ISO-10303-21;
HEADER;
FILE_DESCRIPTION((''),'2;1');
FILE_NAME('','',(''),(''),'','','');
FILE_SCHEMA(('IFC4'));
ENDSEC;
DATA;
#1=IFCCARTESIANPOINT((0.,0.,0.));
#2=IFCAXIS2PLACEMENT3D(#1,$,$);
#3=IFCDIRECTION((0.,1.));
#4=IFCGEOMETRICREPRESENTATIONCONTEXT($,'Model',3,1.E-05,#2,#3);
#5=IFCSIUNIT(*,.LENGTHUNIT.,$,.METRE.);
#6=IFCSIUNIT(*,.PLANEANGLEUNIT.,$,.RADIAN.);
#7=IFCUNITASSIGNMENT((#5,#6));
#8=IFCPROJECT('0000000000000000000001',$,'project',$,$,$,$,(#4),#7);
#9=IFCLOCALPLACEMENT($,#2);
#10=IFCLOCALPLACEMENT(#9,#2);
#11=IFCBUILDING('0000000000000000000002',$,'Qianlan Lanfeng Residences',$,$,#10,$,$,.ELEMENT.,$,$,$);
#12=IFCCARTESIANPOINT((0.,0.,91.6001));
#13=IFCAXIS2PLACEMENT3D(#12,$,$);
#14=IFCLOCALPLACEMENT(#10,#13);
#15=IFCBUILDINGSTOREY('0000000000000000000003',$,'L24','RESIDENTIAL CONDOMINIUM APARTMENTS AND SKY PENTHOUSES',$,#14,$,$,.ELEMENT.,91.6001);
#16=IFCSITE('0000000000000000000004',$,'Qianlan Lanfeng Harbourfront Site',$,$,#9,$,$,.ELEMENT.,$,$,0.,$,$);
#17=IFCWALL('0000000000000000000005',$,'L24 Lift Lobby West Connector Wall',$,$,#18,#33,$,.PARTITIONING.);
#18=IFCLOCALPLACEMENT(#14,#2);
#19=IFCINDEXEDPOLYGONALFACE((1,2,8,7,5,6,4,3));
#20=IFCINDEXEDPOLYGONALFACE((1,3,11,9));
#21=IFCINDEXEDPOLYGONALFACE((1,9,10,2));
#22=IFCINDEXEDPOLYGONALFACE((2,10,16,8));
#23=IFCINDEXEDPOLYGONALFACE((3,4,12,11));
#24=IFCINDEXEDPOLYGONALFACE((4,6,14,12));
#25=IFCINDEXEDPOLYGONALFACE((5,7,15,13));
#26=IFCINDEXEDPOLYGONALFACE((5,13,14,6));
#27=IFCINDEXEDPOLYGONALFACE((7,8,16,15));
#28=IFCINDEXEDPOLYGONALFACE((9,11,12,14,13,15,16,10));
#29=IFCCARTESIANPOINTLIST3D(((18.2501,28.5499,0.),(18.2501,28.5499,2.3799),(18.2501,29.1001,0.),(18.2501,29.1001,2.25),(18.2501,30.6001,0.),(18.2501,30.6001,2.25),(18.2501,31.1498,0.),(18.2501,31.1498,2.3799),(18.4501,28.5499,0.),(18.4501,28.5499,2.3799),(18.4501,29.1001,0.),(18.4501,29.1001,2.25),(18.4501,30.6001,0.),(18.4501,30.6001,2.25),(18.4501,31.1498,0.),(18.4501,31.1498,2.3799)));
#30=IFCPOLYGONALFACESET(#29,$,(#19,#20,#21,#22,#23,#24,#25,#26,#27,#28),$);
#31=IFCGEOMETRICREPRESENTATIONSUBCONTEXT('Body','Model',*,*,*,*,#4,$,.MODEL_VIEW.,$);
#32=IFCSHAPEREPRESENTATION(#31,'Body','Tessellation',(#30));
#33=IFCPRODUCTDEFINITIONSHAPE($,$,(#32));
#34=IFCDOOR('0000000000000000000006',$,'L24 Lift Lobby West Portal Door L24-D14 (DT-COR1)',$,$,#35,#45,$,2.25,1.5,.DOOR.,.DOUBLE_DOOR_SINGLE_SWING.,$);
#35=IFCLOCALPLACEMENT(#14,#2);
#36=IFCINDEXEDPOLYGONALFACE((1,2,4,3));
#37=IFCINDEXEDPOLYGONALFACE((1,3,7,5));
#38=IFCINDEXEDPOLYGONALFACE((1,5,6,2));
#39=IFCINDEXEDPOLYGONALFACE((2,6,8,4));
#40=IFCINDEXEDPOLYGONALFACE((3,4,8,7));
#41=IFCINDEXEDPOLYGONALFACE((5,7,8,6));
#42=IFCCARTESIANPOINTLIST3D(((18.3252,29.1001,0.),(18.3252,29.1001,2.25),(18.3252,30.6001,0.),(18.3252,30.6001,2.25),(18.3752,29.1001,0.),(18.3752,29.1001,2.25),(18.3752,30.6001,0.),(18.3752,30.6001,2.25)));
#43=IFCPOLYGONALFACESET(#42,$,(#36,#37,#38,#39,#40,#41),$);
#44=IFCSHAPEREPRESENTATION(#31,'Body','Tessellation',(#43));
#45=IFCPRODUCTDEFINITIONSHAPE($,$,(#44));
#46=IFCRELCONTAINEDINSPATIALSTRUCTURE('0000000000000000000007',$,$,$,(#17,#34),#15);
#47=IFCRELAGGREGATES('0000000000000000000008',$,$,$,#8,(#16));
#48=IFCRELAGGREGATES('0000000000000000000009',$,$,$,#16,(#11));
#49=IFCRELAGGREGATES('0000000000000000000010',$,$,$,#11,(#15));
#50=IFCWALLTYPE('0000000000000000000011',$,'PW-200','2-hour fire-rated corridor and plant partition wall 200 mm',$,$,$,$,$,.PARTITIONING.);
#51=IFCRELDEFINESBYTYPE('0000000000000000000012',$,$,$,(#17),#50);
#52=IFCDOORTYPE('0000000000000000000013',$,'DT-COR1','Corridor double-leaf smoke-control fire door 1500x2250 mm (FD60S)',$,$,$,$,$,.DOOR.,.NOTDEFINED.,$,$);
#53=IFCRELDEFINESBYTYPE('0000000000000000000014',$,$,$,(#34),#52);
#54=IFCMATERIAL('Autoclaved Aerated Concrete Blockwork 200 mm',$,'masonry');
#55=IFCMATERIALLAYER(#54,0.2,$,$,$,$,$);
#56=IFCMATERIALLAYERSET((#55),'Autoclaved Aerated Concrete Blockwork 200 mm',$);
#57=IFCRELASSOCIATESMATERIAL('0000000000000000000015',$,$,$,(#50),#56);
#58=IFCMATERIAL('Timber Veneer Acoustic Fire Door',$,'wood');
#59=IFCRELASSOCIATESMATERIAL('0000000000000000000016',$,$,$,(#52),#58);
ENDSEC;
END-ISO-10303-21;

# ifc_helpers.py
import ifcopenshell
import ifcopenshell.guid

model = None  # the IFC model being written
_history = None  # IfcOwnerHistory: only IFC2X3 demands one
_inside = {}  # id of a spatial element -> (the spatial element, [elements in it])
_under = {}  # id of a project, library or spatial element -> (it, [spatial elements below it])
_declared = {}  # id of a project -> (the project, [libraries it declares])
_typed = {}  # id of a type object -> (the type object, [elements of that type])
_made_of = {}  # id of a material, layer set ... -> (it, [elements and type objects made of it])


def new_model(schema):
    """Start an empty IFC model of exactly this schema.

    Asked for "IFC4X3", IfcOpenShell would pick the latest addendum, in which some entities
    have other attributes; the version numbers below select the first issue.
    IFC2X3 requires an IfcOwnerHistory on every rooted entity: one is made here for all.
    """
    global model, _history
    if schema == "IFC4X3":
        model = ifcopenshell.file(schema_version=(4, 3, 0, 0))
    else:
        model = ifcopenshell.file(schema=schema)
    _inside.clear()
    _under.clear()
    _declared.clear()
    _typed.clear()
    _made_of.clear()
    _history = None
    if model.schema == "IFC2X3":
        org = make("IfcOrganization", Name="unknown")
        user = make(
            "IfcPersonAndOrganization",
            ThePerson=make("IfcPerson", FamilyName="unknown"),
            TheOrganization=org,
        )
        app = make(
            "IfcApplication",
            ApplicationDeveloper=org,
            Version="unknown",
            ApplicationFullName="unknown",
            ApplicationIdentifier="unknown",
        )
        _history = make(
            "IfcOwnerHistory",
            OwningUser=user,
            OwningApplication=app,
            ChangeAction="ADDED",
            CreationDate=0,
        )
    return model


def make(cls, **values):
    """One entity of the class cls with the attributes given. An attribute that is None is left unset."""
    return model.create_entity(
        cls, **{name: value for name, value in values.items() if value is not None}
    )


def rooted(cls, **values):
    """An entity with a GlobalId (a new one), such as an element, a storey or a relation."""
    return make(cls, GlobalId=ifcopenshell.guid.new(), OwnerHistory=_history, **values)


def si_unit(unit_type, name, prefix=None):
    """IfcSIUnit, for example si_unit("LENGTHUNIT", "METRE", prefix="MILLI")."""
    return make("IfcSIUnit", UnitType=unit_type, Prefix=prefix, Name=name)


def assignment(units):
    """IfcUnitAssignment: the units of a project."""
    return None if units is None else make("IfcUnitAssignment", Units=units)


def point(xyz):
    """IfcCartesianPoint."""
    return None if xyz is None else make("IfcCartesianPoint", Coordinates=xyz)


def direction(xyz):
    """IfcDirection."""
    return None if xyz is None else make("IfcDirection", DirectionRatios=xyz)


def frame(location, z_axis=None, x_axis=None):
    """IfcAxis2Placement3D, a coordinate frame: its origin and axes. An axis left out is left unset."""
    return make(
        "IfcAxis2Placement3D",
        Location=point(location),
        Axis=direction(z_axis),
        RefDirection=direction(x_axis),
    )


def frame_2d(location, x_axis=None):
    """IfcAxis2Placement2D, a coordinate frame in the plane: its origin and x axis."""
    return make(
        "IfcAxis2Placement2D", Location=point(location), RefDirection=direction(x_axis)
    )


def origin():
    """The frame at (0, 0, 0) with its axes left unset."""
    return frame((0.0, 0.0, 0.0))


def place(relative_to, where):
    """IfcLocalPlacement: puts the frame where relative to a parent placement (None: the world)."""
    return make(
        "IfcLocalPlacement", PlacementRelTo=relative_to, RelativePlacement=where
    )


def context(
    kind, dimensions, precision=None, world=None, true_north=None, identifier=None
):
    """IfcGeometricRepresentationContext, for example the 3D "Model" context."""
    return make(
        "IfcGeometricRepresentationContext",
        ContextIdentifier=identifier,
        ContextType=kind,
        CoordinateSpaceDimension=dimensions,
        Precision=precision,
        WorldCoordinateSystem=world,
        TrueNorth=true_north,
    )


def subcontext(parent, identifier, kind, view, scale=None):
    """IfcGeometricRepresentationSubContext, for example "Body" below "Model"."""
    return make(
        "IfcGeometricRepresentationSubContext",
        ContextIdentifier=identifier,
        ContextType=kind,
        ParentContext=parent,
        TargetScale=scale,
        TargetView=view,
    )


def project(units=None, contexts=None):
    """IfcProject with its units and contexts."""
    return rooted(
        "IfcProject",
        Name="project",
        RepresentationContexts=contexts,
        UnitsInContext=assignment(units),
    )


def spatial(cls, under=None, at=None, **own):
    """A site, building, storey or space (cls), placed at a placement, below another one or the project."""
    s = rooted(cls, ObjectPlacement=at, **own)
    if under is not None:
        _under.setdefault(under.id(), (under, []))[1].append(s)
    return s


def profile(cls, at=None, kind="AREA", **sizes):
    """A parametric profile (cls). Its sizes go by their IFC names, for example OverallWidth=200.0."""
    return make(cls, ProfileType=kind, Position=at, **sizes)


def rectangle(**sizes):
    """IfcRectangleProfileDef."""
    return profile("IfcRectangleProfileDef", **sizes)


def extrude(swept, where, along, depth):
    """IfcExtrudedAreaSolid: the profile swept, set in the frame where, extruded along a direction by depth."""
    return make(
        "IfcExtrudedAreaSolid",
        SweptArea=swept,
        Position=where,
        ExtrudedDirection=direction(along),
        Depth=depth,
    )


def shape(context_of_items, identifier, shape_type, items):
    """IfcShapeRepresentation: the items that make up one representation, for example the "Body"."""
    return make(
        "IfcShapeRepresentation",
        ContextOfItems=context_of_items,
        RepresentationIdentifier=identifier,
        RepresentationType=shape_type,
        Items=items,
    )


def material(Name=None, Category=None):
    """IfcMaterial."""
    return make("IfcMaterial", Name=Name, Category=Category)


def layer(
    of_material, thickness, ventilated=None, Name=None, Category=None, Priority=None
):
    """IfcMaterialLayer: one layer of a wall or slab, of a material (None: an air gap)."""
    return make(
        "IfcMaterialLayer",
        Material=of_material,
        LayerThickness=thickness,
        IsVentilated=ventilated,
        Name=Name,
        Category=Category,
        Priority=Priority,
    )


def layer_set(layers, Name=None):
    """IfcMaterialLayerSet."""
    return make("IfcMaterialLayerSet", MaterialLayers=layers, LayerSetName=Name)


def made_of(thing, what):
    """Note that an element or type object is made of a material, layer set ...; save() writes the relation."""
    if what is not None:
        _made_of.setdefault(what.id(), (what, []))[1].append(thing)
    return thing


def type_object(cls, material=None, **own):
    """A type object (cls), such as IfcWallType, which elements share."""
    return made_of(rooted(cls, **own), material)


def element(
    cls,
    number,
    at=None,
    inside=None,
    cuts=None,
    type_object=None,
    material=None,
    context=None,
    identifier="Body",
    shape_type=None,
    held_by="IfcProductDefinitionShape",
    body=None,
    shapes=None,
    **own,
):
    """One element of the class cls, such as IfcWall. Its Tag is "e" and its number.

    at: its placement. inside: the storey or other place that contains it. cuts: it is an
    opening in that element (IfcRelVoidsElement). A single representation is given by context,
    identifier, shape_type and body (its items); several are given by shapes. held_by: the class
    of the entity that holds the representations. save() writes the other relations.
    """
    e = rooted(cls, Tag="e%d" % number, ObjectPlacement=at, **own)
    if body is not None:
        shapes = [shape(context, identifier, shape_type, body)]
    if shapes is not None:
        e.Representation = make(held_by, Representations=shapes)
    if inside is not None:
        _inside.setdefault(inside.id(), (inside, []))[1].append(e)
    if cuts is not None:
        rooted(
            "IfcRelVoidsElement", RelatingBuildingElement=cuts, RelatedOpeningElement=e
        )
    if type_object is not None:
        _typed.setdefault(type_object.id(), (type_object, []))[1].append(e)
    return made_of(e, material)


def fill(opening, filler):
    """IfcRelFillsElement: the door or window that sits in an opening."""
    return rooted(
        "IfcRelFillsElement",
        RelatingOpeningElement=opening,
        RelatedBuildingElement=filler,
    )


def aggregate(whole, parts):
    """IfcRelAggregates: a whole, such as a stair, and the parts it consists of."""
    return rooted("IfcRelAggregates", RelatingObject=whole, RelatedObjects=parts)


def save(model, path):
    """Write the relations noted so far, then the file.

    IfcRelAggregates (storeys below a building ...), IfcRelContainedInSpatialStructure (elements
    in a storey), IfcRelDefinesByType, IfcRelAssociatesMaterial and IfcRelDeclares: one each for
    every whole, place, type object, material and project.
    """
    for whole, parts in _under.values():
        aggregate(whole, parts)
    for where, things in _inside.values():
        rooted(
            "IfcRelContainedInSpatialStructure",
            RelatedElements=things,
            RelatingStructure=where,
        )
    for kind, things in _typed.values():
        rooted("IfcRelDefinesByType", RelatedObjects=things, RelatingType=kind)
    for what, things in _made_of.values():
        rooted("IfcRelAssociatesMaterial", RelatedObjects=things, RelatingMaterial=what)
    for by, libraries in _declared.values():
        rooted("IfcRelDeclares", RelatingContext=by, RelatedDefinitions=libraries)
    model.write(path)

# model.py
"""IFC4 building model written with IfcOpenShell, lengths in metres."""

from ifc_helpers import new_model, si_unit, direction, frame, frame_2d, origin, place, context, subcontext, project, spatial, rectangle, extrude, material, layer, layer_set, type_object, element, fill, save


model = new_model("IFC4")

# Units and contexts
model_context = context("Model", 3, precision=1e-05, world=origin(), true_north=direction((0.0, 1.0)))
body_context = subcontext(model_context, "Body", "Model", "MODEL_VIEW")
ifc_project = project(units=[si_unit("LENGTHUNIT", "METRE"), si_unit("PLANEANGLEUNIT", "RADIAN")], contexts=[model_context])

# Site, building, storey
site_placement = place(None, origin())
site = spatial("IfcSite", under=ifc_project, at=site_placement, Name="Qianlan Lanfeng Harbourfront Site", CompositionType="ELEMENT", RefElevation=0.0)
building_placement = place(site_placement, origin())
building = spatial("IfcBuilding", under=site, at=building_placement, Name="Qianlan Lanfeng Residences", CompositionType="ELEMENT")
storey_placement = place(building_placement, frame((0.0, 0.0, 91.6001)))
storey = spatial("IfcBuildingStorey", under=building, at=storey_placement, Name="L24", Description="RESIDENTIAL CONDOMINIUM APARTMENTS AND SKY PENTHOUSES", CompositionType="ELEMENT", Elevation=91.6001)

# Wall, opening, door
ifc_material_1 = material(Name="Autoclaved Aerated Concrete Blockwork 200 mm", Category="masonry")
ifc_layer_1 = layer(ifc_material_1, 0.2)
ifc_layer_set_1 = layer_set([ifc_layer_1], Name="Autoclaved Aerated Concrete Blockwork 200 mm")
wall_type_1 = type_object("IfcWallType", Name="PW-200", Description="2-hour fire-rated corridor and plant partition wall 200 mm", PredefinedType="PARTITIONING", material=ifc_layer_set_1)
wall_1_placement = place(storey_placement, frame((18.3501, 28.55, 0.0), z_axis=(0.0, 0.0, 1.0), x_axis=(0.0, 1.0, 0.0)))
wall_1 = element("IfcWall", 1, at=wall_1_placement, inside=storey, type_object=wall_type_1, Name="L24 Lift Lobby West Connector Wall", PredefinedType="PARTITIONING", context=body_context, shape_type="SweptSolid", body=[
    extrude(rectangle(XDim=2.5999, YDim=0.2, at=frame_2d((1.2998, 0.0))), origin(), (0.0, 0.0, 1.0), 2.3799),
])
opening_1_placement = place(wall_1_placement, frame((0.55, 0.0, 0.0)))
opening_1 = element("IfcOpeningElement", 2, at=opening_1_placement, cuts=wall_1, PredefinedType="OPENING", context=body_context, shape_type="SweptSolid", body=[
    extrude(rectangle(XDim=1.5, YDim=2.25, at=frame_2d((0.75, 1.125))), frame((0.0, 0.1099, 0.0), z_axis=(0.0, -1.0, 0.0), x_axis=(1.0, 0.0, 0.0)), (0.0, 0.0, 1.0), 0.22),
])
ifc_material_2 = material(Name="Timber Veneer Acoustic Fire Door", Category="wood")
door_type_1 = type_object("IfcDoorType", Name="DT-COR1", Description="Corridor double-leaf smoke-control fire door 1500x2250 mm (FD60S)", OperationType="NOTDEFINED", PredefinedType="DOOR", material=ifc_material_2)
door_1_placement = place(opening_1_placement, origin())
door_1 = element("IfcDoor", 3, at=door_1_placement, inside=storey, type_object=door_type_1, Name="L24 Lift Lobby West Portal Door L24-D14 (DT-COR1)", OperationType="DOUBLE_DOOR_SINGLE_SWING", OverallHeight=2.25, OverallWidth=1.5, PredefinedType="DOOR", context=body_context, shape_type="SweptSolid", body=[
    extrude(rectangle(XDim=1.5, YDim=2.25, at=frame_2d((0.75, 1.125))), frame((0.0, 0.0249, 0.0), z_axis=(0.0, -1.0, 0.0), x_axis=(1.0, 0.0, 0.0)), (0.0, 0.0, 1.0), 0.05),
])
fill(opening_1, door_1)

save(model, "model.ifc")
